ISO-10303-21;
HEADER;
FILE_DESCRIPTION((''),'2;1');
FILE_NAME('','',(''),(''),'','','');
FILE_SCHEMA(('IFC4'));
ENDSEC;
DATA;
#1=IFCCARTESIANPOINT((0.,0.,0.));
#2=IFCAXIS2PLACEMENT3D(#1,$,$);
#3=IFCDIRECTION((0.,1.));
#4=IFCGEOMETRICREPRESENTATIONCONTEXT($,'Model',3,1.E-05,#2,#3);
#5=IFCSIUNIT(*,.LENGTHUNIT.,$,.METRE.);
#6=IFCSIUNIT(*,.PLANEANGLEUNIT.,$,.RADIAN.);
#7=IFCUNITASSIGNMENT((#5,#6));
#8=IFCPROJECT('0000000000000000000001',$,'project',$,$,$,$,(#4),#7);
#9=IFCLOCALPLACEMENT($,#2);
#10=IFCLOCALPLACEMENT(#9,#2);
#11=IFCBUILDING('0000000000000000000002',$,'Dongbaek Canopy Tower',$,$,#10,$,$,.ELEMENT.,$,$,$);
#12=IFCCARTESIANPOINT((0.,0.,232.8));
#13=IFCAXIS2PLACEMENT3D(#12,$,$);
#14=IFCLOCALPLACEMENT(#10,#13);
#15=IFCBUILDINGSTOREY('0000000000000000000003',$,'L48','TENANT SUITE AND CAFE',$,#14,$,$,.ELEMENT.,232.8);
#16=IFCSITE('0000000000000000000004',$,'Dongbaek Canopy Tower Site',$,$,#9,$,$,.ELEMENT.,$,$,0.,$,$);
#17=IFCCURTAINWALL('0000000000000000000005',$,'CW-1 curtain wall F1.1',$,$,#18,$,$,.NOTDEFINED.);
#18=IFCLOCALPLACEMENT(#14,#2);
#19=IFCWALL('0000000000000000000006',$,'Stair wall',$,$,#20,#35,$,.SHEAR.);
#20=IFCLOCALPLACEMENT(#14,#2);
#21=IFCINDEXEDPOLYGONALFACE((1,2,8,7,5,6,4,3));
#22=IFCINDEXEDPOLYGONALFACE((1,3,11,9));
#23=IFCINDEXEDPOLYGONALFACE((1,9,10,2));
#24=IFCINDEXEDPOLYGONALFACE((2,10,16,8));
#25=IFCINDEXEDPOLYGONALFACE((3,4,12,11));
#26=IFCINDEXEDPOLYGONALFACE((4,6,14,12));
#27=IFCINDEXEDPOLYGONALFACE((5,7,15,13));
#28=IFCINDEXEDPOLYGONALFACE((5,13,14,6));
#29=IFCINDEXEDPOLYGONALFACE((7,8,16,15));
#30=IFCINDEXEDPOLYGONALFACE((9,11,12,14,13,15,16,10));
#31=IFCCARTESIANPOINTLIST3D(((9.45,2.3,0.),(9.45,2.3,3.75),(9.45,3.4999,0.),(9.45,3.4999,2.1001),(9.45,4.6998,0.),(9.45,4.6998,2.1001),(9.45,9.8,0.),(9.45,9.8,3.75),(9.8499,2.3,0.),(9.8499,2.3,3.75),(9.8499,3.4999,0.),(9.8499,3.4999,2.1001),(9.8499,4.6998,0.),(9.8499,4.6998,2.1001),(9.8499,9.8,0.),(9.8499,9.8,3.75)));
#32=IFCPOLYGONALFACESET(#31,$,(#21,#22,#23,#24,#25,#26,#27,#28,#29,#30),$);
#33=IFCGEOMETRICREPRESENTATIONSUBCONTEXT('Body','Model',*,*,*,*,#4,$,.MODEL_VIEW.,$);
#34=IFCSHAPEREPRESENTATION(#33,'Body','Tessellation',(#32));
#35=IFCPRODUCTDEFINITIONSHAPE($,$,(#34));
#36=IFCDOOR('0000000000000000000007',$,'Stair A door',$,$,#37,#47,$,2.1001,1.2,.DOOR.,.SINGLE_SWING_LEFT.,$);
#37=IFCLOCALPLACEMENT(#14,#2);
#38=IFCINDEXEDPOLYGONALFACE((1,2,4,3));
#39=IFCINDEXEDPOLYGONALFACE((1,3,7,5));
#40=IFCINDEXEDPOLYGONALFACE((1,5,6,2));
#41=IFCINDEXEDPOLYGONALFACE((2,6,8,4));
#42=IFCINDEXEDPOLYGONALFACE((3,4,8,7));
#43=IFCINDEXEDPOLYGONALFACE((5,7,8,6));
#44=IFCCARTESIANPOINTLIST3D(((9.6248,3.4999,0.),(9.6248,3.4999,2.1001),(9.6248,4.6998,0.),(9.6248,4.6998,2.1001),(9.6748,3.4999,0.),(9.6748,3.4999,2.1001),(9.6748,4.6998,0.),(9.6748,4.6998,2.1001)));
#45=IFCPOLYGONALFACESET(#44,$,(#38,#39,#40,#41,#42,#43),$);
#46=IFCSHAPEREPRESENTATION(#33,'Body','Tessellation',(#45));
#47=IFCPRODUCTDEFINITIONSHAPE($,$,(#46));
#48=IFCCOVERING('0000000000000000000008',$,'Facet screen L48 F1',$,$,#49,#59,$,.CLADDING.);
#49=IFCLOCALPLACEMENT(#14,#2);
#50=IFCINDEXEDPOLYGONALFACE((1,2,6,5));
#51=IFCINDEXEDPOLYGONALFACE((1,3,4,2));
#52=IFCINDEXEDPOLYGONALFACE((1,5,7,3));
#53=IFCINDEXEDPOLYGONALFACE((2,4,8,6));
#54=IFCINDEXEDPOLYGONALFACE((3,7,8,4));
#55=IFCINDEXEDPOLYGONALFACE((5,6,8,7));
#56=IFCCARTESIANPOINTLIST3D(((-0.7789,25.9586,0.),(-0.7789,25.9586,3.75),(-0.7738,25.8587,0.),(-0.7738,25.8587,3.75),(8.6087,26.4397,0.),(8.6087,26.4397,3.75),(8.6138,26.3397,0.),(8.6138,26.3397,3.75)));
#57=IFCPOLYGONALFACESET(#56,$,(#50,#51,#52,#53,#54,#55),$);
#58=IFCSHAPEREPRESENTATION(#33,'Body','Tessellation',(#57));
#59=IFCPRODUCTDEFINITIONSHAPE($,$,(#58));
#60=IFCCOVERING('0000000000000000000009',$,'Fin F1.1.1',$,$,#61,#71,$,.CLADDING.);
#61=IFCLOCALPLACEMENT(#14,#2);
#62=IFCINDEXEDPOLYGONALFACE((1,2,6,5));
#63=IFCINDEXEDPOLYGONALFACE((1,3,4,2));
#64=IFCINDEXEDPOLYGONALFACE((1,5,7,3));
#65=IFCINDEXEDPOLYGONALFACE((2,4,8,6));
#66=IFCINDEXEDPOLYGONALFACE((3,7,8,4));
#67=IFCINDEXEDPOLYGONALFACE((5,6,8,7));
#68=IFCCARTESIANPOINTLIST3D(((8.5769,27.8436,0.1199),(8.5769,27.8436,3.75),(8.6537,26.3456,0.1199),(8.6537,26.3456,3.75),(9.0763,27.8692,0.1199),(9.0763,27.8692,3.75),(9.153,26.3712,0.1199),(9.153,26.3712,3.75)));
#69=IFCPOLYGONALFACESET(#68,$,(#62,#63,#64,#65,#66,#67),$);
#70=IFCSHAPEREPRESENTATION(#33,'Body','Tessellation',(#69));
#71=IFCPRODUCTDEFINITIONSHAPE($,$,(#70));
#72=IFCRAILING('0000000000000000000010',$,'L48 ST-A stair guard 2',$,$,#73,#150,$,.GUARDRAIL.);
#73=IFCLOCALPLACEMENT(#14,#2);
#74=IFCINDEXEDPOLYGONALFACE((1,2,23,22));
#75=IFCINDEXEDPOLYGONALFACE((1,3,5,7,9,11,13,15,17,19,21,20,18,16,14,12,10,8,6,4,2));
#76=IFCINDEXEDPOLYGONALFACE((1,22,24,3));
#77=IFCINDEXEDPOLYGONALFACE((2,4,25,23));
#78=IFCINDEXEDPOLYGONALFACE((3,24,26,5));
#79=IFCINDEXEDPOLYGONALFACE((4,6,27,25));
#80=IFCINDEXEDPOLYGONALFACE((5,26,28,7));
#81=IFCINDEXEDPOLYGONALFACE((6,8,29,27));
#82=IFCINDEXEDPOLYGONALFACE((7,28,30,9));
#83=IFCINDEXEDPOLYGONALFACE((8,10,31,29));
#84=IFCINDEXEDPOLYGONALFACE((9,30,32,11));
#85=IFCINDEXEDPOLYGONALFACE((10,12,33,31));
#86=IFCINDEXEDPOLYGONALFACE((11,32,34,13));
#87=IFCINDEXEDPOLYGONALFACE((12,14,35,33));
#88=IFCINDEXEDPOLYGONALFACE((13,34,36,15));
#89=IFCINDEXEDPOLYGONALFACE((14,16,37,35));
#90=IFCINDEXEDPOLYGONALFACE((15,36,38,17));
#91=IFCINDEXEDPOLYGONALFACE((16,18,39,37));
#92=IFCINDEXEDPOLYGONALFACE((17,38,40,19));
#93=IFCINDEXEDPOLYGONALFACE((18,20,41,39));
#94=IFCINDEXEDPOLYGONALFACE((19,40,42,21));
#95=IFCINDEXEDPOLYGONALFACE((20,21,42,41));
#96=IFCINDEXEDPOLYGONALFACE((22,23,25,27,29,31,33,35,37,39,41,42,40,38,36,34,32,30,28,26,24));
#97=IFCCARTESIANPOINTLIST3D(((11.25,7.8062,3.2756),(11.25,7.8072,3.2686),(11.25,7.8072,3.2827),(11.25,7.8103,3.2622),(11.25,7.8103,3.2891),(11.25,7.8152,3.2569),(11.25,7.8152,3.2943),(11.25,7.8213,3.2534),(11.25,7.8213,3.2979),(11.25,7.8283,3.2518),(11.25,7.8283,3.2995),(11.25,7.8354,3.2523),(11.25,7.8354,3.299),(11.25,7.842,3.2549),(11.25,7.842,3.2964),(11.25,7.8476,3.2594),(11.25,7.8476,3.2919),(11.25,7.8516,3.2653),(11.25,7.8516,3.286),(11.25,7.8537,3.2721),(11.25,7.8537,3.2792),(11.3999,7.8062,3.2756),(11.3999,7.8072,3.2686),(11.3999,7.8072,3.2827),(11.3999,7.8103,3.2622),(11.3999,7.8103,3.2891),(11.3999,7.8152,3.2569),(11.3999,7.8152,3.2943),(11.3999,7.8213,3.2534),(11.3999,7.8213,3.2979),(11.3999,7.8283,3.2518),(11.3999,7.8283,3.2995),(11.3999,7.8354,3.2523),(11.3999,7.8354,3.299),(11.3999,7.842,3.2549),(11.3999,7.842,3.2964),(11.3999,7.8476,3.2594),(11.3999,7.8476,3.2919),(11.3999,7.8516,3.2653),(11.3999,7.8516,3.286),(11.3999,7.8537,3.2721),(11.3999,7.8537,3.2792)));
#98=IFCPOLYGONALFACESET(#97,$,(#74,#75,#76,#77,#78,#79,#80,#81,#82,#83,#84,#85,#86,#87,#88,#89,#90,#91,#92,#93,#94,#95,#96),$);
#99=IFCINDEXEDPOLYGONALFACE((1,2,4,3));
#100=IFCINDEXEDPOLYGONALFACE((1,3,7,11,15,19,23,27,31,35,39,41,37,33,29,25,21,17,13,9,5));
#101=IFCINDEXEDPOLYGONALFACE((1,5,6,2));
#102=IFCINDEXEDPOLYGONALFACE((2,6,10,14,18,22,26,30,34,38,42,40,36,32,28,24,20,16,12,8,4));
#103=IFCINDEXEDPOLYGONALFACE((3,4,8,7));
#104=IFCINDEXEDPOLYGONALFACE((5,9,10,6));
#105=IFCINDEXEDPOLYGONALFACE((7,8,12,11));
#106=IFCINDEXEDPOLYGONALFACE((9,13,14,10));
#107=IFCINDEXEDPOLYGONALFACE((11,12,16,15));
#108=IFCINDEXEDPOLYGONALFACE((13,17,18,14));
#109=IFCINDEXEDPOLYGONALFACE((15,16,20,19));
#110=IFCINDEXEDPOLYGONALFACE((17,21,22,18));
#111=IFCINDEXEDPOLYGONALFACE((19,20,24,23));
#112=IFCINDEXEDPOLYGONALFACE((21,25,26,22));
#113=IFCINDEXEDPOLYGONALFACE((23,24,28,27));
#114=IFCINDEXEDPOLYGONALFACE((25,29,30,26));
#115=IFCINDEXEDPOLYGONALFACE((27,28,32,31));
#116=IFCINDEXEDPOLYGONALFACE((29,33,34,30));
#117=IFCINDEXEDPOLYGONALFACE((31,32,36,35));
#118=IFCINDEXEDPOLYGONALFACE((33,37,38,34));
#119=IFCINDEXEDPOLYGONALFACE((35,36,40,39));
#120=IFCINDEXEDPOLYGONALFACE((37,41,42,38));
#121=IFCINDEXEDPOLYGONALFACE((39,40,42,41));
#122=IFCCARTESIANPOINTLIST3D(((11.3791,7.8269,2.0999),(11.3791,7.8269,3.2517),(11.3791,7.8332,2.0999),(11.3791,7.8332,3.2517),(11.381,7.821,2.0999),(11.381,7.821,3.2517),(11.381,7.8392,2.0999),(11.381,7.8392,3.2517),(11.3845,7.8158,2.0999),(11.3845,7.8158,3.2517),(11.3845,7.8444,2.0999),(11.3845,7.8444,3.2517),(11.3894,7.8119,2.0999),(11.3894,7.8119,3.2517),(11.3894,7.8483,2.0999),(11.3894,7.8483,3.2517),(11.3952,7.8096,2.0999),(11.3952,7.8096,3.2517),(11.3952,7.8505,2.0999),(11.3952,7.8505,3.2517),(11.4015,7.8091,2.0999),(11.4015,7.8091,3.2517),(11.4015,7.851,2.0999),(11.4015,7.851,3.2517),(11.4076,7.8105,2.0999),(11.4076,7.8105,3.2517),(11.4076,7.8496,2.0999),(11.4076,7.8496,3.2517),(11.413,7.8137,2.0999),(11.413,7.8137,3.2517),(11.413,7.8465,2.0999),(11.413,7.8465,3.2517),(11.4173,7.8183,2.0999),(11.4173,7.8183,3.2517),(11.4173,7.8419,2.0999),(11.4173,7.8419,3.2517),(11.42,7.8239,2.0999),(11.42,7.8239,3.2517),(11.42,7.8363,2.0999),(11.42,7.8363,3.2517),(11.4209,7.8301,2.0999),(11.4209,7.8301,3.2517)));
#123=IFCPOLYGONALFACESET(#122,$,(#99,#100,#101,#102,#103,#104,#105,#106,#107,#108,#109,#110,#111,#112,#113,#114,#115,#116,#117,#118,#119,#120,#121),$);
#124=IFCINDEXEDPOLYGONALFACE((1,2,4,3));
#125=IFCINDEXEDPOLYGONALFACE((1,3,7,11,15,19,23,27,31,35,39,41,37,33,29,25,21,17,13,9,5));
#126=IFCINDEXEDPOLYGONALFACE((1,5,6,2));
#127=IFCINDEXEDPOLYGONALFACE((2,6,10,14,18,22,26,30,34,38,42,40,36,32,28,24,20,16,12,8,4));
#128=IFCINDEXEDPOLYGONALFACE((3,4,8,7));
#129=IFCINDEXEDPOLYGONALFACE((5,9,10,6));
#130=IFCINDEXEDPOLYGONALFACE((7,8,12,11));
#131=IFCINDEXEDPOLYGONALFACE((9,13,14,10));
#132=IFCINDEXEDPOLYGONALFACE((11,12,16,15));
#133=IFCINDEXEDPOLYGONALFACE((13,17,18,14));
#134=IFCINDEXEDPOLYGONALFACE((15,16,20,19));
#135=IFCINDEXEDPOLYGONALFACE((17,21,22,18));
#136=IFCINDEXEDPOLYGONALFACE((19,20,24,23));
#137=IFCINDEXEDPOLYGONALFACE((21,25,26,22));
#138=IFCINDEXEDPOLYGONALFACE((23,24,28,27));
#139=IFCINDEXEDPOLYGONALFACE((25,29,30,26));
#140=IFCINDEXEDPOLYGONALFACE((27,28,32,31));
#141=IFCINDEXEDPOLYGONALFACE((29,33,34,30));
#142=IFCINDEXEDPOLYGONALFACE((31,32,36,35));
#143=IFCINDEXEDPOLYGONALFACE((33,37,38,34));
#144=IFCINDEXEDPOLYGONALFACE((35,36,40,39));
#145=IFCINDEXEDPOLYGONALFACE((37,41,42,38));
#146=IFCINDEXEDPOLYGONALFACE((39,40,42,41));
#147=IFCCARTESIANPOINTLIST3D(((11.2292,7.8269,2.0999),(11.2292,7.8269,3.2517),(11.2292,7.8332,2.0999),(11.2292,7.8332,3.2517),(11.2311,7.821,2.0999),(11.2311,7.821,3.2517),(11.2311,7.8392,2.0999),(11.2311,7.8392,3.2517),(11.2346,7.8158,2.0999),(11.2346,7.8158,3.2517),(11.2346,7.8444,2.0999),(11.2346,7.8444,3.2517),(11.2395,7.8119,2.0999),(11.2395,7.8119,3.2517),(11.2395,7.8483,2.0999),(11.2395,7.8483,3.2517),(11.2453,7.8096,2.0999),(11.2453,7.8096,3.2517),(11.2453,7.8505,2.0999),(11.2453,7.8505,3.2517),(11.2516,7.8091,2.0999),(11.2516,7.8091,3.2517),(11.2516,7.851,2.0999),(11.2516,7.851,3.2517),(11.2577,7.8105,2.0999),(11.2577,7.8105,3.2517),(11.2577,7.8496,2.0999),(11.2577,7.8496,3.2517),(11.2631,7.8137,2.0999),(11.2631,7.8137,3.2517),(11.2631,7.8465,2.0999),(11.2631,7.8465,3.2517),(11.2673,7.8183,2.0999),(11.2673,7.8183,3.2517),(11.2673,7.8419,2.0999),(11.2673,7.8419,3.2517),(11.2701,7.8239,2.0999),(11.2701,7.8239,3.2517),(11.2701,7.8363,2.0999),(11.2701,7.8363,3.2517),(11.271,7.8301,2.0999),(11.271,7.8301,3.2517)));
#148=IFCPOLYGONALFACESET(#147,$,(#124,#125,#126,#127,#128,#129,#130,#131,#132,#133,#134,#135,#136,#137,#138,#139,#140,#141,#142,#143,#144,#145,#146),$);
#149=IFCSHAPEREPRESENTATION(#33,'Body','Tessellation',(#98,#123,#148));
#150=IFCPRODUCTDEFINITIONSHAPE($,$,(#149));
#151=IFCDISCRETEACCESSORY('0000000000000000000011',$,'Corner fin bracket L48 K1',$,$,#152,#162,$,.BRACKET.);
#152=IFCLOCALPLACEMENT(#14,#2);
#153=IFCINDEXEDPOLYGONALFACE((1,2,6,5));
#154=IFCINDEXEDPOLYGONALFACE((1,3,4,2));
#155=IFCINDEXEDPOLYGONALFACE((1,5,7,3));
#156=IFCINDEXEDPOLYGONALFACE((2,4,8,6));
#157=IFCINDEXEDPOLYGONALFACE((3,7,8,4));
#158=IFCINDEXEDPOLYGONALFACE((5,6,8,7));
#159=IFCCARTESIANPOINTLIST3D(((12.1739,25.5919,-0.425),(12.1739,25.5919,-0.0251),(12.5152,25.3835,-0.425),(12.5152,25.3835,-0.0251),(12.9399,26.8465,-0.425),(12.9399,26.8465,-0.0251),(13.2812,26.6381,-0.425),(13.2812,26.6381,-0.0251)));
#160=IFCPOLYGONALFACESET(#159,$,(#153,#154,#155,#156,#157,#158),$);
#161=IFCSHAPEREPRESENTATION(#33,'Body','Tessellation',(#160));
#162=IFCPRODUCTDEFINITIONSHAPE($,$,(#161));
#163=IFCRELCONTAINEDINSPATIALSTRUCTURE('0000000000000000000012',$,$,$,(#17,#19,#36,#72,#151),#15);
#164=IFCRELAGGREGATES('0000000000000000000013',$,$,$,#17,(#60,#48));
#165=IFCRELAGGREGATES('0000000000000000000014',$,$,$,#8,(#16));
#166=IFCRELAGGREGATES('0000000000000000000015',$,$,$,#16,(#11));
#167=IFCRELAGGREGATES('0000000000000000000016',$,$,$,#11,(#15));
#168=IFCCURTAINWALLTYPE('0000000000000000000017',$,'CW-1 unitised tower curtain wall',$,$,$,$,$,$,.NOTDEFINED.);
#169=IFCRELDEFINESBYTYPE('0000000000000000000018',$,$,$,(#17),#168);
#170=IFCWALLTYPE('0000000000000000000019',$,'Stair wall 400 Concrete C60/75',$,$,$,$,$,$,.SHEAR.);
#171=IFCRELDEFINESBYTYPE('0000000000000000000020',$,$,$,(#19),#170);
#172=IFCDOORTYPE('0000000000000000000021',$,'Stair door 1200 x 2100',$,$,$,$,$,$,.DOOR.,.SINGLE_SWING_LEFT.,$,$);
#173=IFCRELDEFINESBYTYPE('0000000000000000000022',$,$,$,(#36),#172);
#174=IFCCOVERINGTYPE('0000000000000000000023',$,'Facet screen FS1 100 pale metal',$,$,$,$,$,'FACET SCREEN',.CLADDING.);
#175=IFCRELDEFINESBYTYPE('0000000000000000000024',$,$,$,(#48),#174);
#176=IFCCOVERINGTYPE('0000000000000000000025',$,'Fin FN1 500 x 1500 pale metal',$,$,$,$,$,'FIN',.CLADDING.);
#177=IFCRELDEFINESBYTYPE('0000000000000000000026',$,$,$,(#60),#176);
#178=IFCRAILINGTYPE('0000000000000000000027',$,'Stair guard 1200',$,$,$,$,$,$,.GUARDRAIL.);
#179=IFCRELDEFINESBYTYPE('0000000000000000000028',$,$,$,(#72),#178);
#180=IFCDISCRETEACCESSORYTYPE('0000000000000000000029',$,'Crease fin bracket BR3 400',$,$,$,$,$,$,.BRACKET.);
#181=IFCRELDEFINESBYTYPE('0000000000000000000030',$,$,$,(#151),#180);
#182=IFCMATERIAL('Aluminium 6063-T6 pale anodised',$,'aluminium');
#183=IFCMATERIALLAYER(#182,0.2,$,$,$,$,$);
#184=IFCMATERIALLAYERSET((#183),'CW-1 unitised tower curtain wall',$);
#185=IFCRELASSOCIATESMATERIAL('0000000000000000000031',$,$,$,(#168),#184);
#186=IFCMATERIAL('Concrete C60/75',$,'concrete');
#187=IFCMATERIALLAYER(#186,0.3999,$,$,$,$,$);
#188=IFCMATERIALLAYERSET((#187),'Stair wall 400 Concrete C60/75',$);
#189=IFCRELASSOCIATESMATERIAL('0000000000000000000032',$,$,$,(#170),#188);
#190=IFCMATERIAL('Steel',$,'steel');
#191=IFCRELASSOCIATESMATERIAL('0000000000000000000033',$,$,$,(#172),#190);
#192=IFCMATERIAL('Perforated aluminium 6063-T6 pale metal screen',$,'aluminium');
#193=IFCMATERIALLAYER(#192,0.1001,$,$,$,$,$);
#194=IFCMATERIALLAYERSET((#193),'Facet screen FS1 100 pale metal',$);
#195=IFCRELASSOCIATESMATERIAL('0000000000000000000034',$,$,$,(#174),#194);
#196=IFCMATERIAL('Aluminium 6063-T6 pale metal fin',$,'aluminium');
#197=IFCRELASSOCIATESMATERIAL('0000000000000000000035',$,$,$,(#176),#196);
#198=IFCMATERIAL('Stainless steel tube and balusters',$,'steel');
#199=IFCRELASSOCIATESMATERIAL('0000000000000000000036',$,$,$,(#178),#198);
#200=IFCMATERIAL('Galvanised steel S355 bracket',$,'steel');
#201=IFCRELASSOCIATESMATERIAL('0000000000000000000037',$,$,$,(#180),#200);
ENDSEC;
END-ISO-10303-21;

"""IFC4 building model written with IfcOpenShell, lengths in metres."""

from ifc_helpers import new_model, si_unit, direction, frame, frame_2d, origin, origin_2d, place, context, subcontext, project, spatial, rectangle, circle, extrude, material, layer, layer_set, material_profile, profile_set, type_object, element, fill, aggregate, save


model = new_model("IFC4")

# Units and contexts
model_context = context("Model", 3, precision=1e-05, world=origin(), true_north=direction((0.0, 1.0)))
body_context = subcontext(model_context, "Body", "Model", "MODEL_VIEW")
ifc_project = project(units=[si_unit("LENGTHUNIT", "METRE"), si_unit("PLANEANGLEUNIT", "RADIAN")], contexts=[model_context])

# Site, building, storey
site_placement = place(None, origin())
site = spatial("IfcSite", under=ifc_project, at=site_placement, Name="Dongbaek Canopy Tower Site", CompositionType="ELEMENT", RefElevation=0.0)
building_placement = place(site_placement, origin())
building = spatial("IfcBuilding", under=site, at=building_placement, Name="Dongbaek Canopy Tower", CompositionType="ELEMENT")
storey_placement = place(building_placement, frame((0.0, 0.0, 232.8)))
storey = spatial("IfcBuildingStorey", under=building, at=storey_placement, Name="L48", Description="TENANT SUITE AND CAFE", CompositionType="ELEMENT", Elevation=232.8)

# Curtain wall
ifc_material_1 = material(Name="Aluminium 6063-T6 pale anodised", Category="aluminium")
ifc_layer_1 = layer(ifc_material_1, 0.2)
ifc_layer_set_1 = layer_set([ifc_layer_1], Name="CW-1 unitised tower curtain wall")
curtain_wall_type = type_object("IfcCurtainWallType", Name="CW-1 unitised tower curtain wall", PredefinedType="NOTDEFINED", material=ifc_layer_set_1)
curtain_wall_1_placement = place(storey_placement, origin())
curtain_wall_1 = element("IfcCurtainWall", 1, at=curtain_wall_1_placement, inside=storey, type_object=curtain_wall_type, Name="CW-1 curtain wall F1.1", PredefinedType="NOTDEFINED")

# Wall, opening, door
ifc_material_2 = material(Name="Concrete C60/75", Category="concrete")
ifc_layer_2 = layer(ifc_material_2, 0.3999)
ifc_layer_set_2 = layer_set([ifc_layer_2], Name="Stair wall 400 Concrete C60/75")
wall_type_1 = type_object("IfcWallType", Name="Stair wall 400 Concrete C60/75", PredefinedType="SHEAR", material=ifc_layer_set_2)
wall_1_placement = place(storey_placement, frame((9.6499, 9.8, 0.0), z_axis=(0.0, 0.0, 1.0), x_axis=(0.0, -1.0, 0.0)))
wall_1 = element("IfcWall", 2, at=wall_1_placement, inside=storey, type_object=wall_type_1, Name="Stair wall", PredefinedType="SHEAR", context=body_context, shape_type="SweptSolid", body=[
    extrude(rectangle(XDim=7.5, YDim=0.3999, at=frame_2d((3.75, 0.0))), origin(), (0.0, 0.0, 1.0), 3.75),
])
opening_placement = place(wall_1_placement, frame((5.1001, 0.0, 0.0)))
opening = element("IfcOpeningElement", 3, at=opening_placement, cuts=wall_1, PredefinedType="OPENING", context=body_context, shape_type="SweptSolid", body=[
    extrude(rectangle(XDim=1.2, YDim=2.1001, at=frame_2d((0.6001, 1.05))), frame((0.0, 0.21, 0.0), z_axis=(0.0, -1.0, 0.0), x_axis=(1.0, 0.0, 0.0)), (0.0, 0.0, 1.0), 0.4199),
])
ifc_material_3 = material(Name="Steel", Category="steel")
door_type = type_object("IfcDoorType", Name="Stair door 1200 x 2100", OperationType="SINGLE_SWING_LEFT", PredefinedType="DOOR", material=ifc_material_3)
door_placement = place(opening_placement, origin())
door = element("IfcDoor", 4, at=door_placement, inside=storey, type_object=door_type, Name="Stair A door", OperationType="SINGLE_SWING_LEFT", OverallHeight=2.1001, OverallWidth=1.2, PredefinedType="DOOR", context=body_context, shape_type="SweptSolid", body=[
    extrude(rectangle(XDim=1.2, YDim=2.1001, at=frame_2d((0.6001, 1.05))), frame((0.0, 0.0249, 0.0), z_axis=(0.0, -1.0, 0.0), x_axis=(1.0, 0.0, 0.0)), (0.0, 0.0, 1.0), 0.05),
])
fill(opening, door)

# Coverings
ifc_material_4 = material(Name="Perforated aluminium 6063-T6 pale metal screen", Category="aluminium")
ifc_layer_3 = layer(ifc_material_4, 0.1001)
ifc_layer_set_3 = layer_set([ifc_layer_3], Name="Facet screen FS1 100 pale metal")
covering_type_1 = type_object("IfcCoveringType", Name="Facet screen FS1 100 pale metal", ElementType="FACET SCREEN", PredefinedType="CLADDING", material=ifc_layer_set_3)
covering_1_placement = place(storey_placement, frame((3.9175, 26.1492, 0.0), z_axis=(0.0, 0.0, 1.0), x_axis=(-0.99869, -0.051172, 0.0)))
covering_1 = element("IfcCovering", 5, at=covering_1_placement, type_object=covering_type_1, Name="Facet screen L48 F1", PredefinedType="CLADDING", context=body_context, shape_type="SweptSolid", body=[
    extrude(rectangle(XDim=9.3999, YDim=0.1001, at=origin_2d()), origin(), (0.0, 0.0, 1.0), 3.75),
])
ifc_material_5 = material(Name="Aluminium 6063-T6 pale metal fin", Category="aluminium")
ifc_material_profile_1 = material_profile(ifc_material_5, rectangle(XDim=1.5, YDim=0.5, at=origin_2d()), Name="Fin FN1 500 x 1500 pale metal")
ifc_profile_set_1 = profile_set([ifc_material_profile_1], Name="Aluminium 6063-T6 pale metal fin")
covering_type_2 = type_object("IfcCoveringType", Name="Fin FN1 500 x 1500 pale metal", ElementType="FIN", PredefinedType="CLADDING", material=ifc_profile_set_1)
covering_2_placement = place(storey_placement, frame((8.865, 27.1074, 0.1199), z_axis=(0.0, 0.0, 1.0), x_axis=(-0.051171, 0.99869, 0.0)))
covering_2 = element("IfcCovering", 6, at=covering_2_placement, type_object=covering_type_2, Name="Fin F1.1.1", PredefinedType="CLADDING", context=body_context, shape_type="SweptSolid", body=[
    extrude(rectangle(XDim=1.5, YDim=0.5, at=origin_2d()), origin(), (0.0, 0.0, 1.0), 3.6301),
])
aggregate(curtain_wall_1, [covering_2, covering_1])

# Railing
ifc_material_6 = material(Name="Stainless steel tube and balusters", Category="steel")
railing_type = type_object("IfcRailingType", Name="Stair guard 1200", PredefinedType="GUARDRAIL", material=ifc_material_6)
railing_placement = place(storey_placement, frame((11.3999, 7.8301, 2.0999)))
element("IfcRailing", 7, at=railing_placement, inside=storey, type_object=railing_type, Name="L48 ST-A stair guard 2", PredefinedType="GUARDRAIL", context=body_context, shape_type="SweptSolid", body=[
    extrude(circle(Radius=0.0239, at=origin_2d()), frame((0.0, 0.0, 1.1758), z_axis=(-1.0, 0.0, 0.0), x_axis=(0.0, -1.0, 0.0)), (0.0, 0.0, 1.0), 0.1499),
    extrude(circle(Radius=0.021, at=origin_2d()), origin(), (0.0, 0.0, 1.0), 1.1519),
    extrude(circle(Radius=0.021, at=origin_2d()), frame((-0.1499, 0.0, 0.0)), (0.0, 0.0, 1.0), 1.1519),
])

# Discrete accessory
ifc_material_7 = material(Name="Galvanised steel S355 bracket", Category="steel")
discrete_accessory_type = type_object("IfcDiscreteAccessoryType", Name="Crease fin bracket BR3 400", PredefinedType="BRACKET", material=ifc_material_7)
discrete_accessory_placement = place(storey_placement, frame((12.7275, 26.115, -0.425), z_axis=(0.0, 0.0, 1.0), x_axis=(0.521099, 0.853496, 0.0)))
element("IfcDiscreteAccessory", 8, at=discrete_accessory_placement, inside=storey, type_object=discrete_accessory_type, Name="Corner fin bracket L48 K1", PredefinedType="BRACKET", context=body_context, shape_type="SweptSolid", body=[
    extrude(rectangle(XDim=1.47, YDim=0.3999, at=origin_2d()), origin(), (0.0, 0.0, 1.0), 0.3999),
])

save(model, "model.ifc")
